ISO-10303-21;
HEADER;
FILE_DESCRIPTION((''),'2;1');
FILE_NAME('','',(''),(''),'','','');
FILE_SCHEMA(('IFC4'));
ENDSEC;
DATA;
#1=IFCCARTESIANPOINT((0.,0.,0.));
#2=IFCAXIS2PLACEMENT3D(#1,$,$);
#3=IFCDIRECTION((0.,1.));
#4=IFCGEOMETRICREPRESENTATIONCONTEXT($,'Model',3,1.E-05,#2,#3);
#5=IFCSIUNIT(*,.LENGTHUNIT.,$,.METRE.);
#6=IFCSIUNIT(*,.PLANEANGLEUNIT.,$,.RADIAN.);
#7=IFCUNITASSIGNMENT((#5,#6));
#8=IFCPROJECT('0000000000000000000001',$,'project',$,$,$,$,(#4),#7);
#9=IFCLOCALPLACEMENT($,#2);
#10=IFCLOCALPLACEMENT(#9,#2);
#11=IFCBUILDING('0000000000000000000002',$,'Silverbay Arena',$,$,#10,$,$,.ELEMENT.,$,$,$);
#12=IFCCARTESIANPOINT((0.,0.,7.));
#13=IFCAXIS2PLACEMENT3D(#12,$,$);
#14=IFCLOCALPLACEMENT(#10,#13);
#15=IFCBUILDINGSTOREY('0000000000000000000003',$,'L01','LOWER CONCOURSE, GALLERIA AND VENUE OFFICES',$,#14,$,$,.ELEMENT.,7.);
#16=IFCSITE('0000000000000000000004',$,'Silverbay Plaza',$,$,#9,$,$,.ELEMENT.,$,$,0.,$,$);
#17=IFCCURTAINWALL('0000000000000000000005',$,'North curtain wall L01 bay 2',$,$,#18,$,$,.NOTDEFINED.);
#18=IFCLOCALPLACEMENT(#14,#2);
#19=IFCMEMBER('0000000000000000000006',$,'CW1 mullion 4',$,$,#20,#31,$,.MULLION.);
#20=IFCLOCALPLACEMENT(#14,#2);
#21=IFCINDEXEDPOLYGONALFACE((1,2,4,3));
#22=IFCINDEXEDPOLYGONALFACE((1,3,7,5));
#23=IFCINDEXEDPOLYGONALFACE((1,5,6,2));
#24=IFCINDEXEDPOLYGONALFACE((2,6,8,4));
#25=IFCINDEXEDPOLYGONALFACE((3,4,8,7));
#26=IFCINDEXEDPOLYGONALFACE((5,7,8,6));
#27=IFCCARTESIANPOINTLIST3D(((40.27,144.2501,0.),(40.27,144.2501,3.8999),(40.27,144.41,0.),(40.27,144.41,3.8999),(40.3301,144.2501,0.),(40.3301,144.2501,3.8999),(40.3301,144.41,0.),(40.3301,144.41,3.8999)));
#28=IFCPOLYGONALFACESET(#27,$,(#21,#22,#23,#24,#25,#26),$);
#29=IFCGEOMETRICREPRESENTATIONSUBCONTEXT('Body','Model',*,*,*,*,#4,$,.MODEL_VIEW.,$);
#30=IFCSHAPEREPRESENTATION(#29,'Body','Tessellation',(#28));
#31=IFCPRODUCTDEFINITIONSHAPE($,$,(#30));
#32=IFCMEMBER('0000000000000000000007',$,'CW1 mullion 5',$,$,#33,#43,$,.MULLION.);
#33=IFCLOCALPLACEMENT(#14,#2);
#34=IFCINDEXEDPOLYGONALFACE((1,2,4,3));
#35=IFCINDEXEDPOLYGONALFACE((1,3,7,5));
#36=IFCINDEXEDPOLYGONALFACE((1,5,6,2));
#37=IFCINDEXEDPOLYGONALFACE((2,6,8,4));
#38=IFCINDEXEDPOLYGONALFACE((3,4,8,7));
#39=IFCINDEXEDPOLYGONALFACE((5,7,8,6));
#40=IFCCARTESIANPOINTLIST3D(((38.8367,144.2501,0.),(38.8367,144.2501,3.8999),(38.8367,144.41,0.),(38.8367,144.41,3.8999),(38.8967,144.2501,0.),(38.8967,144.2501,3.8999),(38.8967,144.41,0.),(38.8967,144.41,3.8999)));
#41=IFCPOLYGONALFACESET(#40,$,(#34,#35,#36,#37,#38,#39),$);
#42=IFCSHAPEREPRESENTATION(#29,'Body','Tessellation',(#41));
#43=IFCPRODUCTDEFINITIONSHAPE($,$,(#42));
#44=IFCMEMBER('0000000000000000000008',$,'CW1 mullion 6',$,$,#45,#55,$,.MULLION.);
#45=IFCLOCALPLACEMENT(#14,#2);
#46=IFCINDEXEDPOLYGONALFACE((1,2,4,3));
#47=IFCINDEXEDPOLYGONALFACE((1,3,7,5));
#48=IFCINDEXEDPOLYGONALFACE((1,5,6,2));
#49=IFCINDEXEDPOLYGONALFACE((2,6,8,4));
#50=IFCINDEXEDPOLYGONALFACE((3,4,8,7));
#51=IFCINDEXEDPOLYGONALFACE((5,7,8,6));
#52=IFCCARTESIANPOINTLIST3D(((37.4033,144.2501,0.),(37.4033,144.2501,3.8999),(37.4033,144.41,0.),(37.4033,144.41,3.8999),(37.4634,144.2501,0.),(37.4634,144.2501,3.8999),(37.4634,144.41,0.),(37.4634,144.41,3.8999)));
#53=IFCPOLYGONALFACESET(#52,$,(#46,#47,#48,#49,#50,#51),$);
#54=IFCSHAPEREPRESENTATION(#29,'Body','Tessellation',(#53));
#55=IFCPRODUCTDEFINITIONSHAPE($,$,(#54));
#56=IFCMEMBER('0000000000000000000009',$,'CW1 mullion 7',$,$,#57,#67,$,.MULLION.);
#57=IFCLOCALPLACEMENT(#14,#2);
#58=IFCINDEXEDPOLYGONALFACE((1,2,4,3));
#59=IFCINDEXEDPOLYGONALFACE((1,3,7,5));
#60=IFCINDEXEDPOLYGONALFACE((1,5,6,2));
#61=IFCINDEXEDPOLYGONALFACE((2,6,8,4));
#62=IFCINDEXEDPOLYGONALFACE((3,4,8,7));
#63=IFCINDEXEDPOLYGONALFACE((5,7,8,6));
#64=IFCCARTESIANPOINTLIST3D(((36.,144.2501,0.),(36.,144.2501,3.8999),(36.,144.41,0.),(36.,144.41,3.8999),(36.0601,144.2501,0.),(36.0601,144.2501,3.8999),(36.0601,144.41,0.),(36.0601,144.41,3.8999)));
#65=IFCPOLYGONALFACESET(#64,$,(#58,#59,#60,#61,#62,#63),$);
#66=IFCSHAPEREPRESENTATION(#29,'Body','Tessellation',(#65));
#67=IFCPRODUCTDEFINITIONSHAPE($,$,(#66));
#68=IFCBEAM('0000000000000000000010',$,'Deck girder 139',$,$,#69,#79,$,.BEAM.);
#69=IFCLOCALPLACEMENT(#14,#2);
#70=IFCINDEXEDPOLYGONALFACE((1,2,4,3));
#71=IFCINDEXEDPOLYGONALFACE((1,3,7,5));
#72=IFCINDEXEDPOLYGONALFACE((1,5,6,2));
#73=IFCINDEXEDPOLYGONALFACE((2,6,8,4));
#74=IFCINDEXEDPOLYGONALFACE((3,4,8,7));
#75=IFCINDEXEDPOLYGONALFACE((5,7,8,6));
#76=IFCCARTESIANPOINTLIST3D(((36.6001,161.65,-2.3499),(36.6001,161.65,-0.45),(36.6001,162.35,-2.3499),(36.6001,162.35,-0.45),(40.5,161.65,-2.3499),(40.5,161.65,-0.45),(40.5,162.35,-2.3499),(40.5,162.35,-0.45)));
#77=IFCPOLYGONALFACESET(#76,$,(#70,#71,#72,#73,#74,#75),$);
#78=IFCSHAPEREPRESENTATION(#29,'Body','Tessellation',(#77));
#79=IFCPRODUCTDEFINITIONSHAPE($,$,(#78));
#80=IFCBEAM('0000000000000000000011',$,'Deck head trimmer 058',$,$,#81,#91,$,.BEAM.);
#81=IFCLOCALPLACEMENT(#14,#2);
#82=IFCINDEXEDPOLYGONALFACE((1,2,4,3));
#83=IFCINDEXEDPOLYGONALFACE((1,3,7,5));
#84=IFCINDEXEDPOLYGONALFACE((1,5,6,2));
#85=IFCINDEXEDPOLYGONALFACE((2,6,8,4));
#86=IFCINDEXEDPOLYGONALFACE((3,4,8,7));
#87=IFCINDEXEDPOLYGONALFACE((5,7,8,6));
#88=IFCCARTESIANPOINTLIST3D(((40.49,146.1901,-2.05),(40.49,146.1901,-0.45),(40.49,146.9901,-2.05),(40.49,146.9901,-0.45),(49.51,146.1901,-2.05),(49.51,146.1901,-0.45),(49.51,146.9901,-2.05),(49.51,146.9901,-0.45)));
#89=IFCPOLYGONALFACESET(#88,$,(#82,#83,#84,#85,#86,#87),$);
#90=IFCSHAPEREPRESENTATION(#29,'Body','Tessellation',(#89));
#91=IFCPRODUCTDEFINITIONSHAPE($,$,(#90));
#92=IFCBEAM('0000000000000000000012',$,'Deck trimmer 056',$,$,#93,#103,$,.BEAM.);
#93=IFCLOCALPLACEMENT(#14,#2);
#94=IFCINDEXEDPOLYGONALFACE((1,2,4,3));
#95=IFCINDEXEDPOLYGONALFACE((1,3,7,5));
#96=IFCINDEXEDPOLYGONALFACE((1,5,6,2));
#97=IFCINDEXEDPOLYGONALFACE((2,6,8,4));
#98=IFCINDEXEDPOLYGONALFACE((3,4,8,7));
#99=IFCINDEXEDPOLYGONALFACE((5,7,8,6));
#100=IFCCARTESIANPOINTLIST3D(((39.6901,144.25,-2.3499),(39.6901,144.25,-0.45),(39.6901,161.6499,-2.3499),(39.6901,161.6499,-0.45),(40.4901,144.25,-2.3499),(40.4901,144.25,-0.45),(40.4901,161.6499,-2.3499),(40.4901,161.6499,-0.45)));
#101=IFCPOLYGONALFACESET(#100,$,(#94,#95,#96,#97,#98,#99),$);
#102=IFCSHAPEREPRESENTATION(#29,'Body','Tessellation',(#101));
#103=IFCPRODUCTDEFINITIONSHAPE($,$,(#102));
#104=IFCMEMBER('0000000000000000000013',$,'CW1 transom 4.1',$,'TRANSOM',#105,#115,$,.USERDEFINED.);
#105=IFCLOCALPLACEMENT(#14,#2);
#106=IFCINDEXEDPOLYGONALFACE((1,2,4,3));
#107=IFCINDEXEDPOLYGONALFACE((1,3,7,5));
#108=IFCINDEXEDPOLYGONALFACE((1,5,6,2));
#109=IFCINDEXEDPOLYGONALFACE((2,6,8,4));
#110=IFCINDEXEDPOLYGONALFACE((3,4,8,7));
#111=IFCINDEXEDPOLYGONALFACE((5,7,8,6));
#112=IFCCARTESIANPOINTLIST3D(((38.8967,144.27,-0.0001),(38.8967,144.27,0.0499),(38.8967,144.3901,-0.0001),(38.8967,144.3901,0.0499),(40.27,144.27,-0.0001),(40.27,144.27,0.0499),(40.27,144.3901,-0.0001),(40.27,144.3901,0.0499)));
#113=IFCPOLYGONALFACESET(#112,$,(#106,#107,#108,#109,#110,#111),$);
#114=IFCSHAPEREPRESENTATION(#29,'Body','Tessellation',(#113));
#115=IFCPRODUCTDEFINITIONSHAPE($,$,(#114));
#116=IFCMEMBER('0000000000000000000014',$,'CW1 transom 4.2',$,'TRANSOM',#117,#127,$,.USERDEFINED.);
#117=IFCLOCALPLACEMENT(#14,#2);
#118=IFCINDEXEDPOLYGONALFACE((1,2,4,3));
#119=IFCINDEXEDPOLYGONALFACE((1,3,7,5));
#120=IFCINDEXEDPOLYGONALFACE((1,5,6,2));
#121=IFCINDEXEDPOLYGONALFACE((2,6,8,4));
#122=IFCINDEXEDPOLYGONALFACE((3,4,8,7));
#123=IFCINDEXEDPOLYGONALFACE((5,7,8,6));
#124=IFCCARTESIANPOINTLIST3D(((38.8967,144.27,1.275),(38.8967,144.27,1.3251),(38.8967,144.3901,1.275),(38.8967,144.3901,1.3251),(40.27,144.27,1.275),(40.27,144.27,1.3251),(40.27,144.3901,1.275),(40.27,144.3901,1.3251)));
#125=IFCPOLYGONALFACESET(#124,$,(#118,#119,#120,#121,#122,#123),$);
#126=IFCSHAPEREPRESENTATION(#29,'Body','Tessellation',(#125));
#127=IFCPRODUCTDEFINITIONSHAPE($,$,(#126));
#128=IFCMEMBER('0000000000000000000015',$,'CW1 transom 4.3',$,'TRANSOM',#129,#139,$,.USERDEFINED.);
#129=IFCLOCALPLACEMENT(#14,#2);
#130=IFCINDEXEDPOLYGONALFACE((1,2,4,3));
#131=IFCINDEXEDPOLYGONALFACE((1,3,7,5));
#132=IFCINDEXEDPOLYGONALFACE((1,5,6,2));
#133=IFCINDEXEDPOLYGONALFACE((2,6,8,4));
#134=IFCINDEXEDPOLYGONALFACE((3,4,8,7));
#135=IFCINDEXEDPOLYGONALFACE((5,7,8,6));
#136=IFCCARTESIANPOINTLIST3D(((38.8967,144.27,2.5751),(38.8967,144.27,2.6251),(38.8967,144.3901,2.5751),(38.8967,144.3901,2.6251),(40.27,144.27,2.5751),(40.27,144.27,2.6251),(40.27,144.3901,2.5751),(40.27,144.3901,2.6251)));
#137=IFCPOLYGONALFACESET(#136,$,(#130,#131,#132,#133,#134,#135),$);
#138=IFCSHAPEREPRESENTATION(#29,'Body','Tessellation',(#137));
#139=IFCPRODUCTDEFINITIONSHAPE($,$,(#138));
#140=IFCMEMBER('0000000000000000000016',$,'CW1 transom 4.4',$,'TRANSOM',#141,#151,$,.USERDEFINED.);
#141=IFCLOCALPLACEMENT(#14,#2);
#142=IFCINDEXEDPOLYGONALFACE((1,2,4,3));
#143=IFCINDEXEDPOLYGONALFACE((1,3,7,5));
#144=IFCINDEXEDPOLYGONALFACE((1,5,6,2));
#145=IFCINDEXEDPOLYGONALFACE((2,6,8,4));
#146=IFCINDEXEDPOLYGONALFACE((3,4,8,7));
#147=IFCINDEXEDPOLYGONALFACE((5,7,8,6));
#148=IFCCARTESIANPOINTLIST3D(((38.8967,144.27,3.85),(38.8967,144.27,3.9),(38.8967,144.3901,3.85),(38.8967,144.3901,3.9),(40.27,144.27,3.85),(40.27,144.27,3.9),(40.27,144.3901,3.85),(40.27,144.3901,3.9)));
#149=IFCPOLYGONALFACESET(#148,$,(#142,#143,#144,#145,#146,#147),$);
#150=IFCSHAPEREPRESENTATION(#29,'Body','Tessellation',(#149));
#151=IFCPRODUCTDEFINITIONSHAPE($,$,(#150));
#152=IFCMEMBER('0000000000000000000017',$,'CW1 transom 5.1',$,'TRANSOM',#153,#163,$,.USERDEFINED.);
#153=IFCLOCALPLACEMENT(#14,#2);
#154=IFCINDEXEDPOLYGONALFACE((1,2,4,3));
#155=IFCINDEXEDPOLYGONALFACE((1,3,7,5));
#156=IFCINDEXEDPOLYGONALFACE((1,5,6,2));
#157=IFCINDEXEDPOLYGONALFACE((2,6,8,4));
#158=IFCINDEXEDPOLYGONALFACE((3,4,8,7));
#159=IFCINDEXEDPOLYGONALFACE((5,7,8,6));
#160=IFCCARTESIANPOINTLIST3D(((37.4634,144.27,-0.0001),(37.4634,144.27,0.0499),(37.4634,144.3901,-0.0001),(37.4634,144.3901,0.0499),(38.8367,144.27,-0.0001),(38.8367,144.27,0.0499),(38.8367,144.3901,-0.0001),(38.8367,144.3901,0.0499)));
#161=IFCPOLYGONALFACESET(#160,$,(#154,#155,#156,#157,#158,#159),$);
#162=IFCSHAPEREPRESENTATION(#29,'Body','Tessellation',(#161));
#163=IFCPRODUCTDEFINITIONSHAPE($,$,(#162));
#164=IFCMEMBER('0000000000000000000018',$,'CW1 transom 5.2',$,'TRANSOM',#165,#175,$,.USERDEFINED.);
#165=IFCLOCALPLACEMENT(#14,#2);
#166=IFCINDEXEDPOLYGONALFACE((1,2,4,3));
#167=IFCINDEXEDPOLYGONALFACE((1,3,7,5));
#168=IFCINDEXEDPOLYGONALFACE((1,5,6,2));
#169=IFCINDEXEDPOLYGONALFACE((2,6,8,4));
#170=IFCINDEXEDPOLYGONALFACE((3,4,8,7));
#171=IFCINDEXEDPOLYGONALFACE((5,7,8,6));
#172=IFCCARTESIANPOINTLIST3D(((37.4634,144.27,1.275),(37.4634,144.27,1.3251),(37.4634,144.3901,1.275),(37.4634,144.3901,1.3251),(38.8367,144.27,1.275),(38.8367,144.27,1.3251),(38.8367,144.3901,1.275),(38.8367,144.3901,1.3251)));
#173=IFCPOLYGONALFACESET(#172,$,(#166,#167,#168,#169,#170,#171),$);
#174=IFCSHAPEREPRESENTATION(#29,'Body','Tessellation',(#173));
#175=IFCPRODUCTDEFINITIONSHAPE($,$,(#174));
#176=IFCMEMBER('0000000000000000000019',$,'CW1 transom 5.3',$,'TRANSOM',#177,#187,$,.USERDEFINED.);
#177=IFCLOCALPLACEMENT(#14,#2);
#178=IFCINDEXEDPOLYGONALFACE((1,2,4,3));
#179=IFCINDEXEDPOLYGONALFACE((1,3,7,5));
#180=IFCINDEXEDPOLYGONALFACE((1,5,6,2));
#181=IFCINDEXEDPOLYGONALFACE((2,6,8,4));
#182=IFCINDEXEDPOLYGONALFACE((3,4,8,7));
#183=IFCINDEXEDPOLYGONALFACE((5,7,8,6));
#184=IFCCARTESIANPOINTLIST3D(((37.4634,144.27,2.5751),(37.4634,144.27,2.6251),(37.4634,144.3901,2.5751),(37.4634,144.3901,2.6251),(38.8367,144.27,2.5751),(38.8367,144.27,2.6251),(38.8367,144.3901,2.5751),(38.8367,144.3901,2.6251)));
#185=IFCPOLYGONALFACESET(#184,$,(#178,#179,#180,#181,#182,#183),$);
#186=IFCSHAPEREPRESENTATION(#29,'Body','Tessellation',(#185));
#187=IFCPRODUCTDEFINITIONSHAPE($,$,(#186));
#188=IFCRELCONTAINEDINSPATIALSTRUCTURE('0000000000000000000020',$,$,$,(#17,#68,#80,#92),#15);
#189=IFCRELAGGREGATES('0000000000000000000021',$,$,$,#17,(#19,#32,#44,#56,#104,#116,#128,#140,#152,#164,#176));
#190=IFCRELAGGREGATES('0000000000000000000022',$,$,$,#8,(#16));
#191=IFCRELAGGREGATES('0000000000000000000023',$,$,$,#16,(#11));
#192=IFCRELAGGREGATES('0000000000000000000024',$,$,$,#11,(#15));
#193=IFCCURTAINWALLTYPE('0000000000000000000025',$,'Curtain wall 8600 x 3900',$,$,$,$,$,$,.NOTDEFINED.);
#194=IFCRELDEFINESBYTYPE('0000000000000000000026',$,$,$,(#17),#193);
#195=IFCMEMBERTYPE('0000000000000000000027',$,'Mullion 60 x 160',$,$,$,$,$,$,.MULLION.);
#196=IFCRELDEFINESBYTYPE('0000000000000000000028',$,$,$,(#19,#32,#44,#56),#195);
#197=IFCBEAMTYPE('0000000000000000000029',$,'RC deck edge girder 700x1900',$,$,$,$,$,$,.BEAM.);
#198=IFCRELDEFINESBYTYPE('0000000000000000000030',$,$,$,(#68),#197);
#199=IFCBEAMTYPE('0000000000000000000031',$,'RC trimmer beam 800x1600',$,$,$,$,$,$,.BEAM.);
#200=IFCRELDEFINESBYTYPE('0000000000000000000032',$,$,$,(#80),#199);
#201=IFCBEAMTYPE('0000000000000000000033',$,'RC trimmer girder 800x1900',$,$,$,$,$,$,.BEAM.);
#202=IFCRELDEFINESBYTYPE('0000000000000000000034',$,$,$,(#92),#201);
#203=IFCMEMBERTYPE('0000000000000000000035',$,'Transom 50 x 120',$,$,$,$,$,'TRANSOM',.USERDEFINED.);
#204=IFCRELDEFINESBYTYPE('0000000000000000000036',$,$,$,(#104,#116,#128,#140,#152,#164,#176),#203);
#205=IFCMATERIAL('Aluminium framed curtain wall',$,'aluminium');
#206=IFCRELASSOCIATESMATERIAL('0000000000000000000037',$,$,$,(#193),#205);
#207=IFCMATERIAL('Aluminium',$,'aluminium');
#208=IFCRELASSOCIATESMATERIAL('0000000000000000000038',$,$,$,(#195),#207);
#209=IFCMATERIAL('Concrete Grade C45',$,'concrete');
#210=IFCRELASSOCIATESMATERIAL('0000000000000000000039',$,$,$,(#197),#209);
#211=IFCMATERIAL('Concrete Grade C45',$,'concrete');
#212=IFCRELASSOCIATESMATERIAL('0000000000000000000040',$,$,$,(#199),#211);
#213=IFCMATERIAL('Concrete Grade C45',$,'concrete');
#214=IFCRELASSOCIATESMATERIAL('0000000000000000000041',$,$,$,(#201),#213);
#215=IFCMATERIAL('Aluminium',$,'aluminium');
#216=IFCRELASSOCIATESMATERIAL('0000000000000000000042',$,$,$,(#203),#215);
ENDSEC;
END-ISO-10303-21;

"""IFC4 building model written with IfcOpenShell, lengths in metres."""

from ifc_helpers import new_model, si_unit, direction, frame, origin, origin_2d, place, context, subcontext, project, spatial, rectangle, extrude, material, material_profile, profile_set, type_object, element, aggregate, save


model = new_model("IFC4")

# Units and contexts
model_context = context("Model", 3, precision=1e-05, world=origin(), true_north=direction((0.0, 1.0)))
body_context = subcontext(model_context, "Body", "Model", "MODEL_VIEW")
ifc_project = project(units=[si_unit("LENGTHUNIT", "METRE"), si_unit("PLANEANGLEUNIT", "RADIAN")], contexts=[model_context])

# Site, building, storey
site_placement = place(None, origin())
site = spatial("IfcSite", under=ifc_project, at=site_placement, Name="Silverbay Plaza", CompositionType="ELEMENT", RefElevation=0.0)
building_placement = place(site_placement, origin())
building = spatial("IfcBuilding", under=site, at=building_placement, Name="Silverbay Arena", CompositionType="ELEMENT")
storey_placement = place(building_placement, frame((0.0, 0.0, 7.0)))
storey = spatial("IfcBuildingStorey", under=building, at=storey_placement, Name="L01", Description="LOWER CONCOURSE, GALLERIA AND VENUE OFFICES", CompositionType="ELEMENT", Elevation=7.0)

# Curtain wall, members
ifc_material_1 = material(Name="Aluminium framed curtain wall", Category="aluminium")
curtain_wall_type = type_object("IfcCurtainWallType", Name="Curtain wall 8600 x 3900", PredefinedType="NOTDEFINED", material=ifc_material_1)
curtain_wall_placement = place(storey_placement, origin())
curtain_wall = element("IfcCurtainWall", 1, at=curtain_wall_placement, inside=storey, type_object=curtain_wall_type, Name="North curtain wall L01 bay 2", PredefinedType="NOTDEFINED")
ifc_material_2 = material(Name="Aluminium", Category="aluminium")
ifc_material_profile_1 = material_profile(ifc_material_2, rectangle(XDim=0.1599, YDim=0.0601, at=origin_2d()), Name="Mullion 60 x 160")
ifc_profile_set_1 = profile_set([ifc_material_profile_1], Name="Aluminium")
member_type_1 = type_object("IfcMemberType", Name="Mullion 60 x 160", PredefinedType="MULLION", material=ifc_profile_set_1)
member_1_placement = place(storey_placement, frame((40.3, 144.3301, 0.0), z_axis=(0.0, 0.0, 1.0), x_axis=(0.0, -1.0, 0.0)))
member_1 = element("IfcMember", 2, at=member_1_placement, type_object=member_type_1, Name="CW1 mullion 4", PredefinedType="MULLION", context=body_context, shape_type="SweptSolid", body=[
    extrude(rectangle(XDim=0.1599, YDim=0.0601, at=origin_2d()), origin(), (0.0, 0.0, 1.0), 3.8999),
])
member_2_placement = place(storey_placement, frame((38.8667, 144.3301, 0.0), z_axis=(0.0, 0.0, 1.0), x_axis=(0.0, -1.0, 0.0)))
member_2 = element("IfcMember", 3, at=member_2_placement, type_object=member_type_1, Name="CW1 mullion 5", PredefinedType="MULLION", context=body_context, shape_type="SweptSolid", body=[
    extrude(rectangle(XDim=0.1599, YDim=0.0601, at=origin_2d()), origin(), (0.0, 0.0, 1.0), 3.8999),
])
member_3_placement = place(storey_placement, frame((37.4333, 144.3301, 0.0), z_axis=(0.0, 0.0, 1.0), x_axis=(0.0, -1.0, 0.0)))
member_3 = element("IfcMember", 4, at=member_3_placement, type_object=member_type_1, Name="CW1 mullion 6", PredefinedType="MULLION", context=body_context, shape_type="SweptSolid", body=[
    extrude(rectangle(XDim=0.1599, YDim=0.0601, at=origin_2d()), origin(), (0.0, 0.0, 1.0), 3.8999),
])
member_4_placement = place(storey_placement, frame((36.03, 144.3301, 0.0), z_axis=(0.0, 0.0, 1.0), x_axis=(0.0, -1.0, 0.0)))
member_4 = element("IfcMember", 5, at=member_4_placement, type_object=member_type_1, Name="CW1 mullion 7", PredefinedType="MULLION", context=body_context, shape_type="SweptSolid", body=[
    extrude(rectangle(XDim=0.1599, YDim=0.0601, at=origin_2d()), origin(), (0.0, 0.0, 1.0), 3.8999),
])

# Beams
ifc_material_3 = material(Name="Concrete Grade C45", Category="concrete")
ifc_material_profile_2 = material_profile(ifc_material_3, rectangle(XDim=0.7, YDim=1.8999, at=origin_2d()), Name="RC 700x1900")
ifc_profile_set_2 = profile_set([ifc_material_profile_2], Name="Concrete Grade C45")
beam_type_1 = type_object("IfcBeamType", Name="RC deck edge girder 700x1900", PredefinedType="BEAM", material=ifc_profile_set_2)
beam_1_placement = place(storey_placement, frame((36.6001, 162.0, -1.3999), z_axis=(1.0, 0.0, 0.0), x_axis=(0.0, 1.0, 0.0)))
element("IfcBeam", 6, at=beam_1_placement, inside=storey, type_object=beam_type_1, Name="Deck girder 139", PredefinedType="BEAM", context=body_context, shape_type="SweptSolid", body=[
    extrude(rectangle(XDim=0.7, YDim=1.8999, at=origin_2d()), origin(), (0.0, 0.0, 1.0), 3.8999),
])
ifc_material_4 = material(Name="Concrete Grade C45", Category="concrete")
ifc_material_profile_3 = material_profile(ifc_material_4, rectangle(XDim=0.8, YDim=1.6001, at=origin_2d()), Name="RC 800x1600")
ifc_profile_set_3 = profile_set([ifc_material_profile_3], Name="Concrete Grade C45")
beam_type_2 = type_object("IfcBeamType", Name="RC trimmer beam 800x1600", PredefinedType="BEAM", material=ifc_profile_set_3)
beam_2_placement = place(storey_placement, frame((40.49, 146.5901, -1.25), z_axis=(1.0, 0.0, 0.0), x_axis=(0.0, 1.0, 0.0)))
element("IfcBeam", 7, at=beam_2_placement, inside=storey, type_object=beam_type_2, Name="Deck head trimmer 058", PredefinedType="BEAM", context=body_context, shape_type="SweptSolid", body=[
    extrude(rectangle(XDim=0.8, YDim=1.6001, at=origin_2d()), origin(), (0.0, 0.0, 1.0), 9.02),
])
ifc_material_5 = material(Name="Concrete Grade C45", Category="concrete")
ifc_material_profile_4 = material_profile(ifc_material_5, rectangle(XDim=0.8, YDim=1.8999, at=origin_2d()), Name="RC 800x1900")
ifc_profile_set_4 = profile_set([ifc_material_profile_4], Name="Concrete Grade C45")
beam_type_3 = type_object("IfcBeamType", Name="RC trimmer girder 800x1900", PredefinedType="BEAM", material=ifc_profile_set_4)
beam_3_placement = place(storey_placement, frame((40.0901, 144.25, -1.3999), z_axis=(0.0, 1.0, 0.0), x_axis=(-1.0, 0.0, 0.0)))
element("IfcBeam", 8, at=beam_3_placement, inside=storey, type_object=beam_type_3, Name="Deck trimmer 056", PredefinedType="BEAM", context=body_context, shape_type="SweptSolid", body=[
    extrude(rectangle(XDim=0.8, YDim=1.8999, at=origin_2d()), origin(), (0.0, 0.0, 1.0), 17.3999),
])

# Members
ifc_material_6 = material(Name="Aluminium", Category="aluminium")
ifc_material_profile_5 = material_profile(ifc_material_6, rectangle(XDim=0.1201, YDim=0.05, at=origin_2d()), Name="Transom 50 x 120")
ifc_profile_set_5 = profile_set([ifc_material_profile_5], Name="Aluminium")
member_type_2 = type_object("IfcMemberType", Name="Transom 50 x 120", ElementType="TRANSOM", PredefinedType="USERDEFINED", material=ifc_profile_set_5)
member_5_placement = place(storey_placement, frame((40.27, 144.3301, 0.0249), z_axis=(-1.0, 0.0, 0.0), x_axis=(0.0, -1.0, 0.0)))
member_5 = element("IfcMember", 9, at=member_5_placement, type_object=member_type_2, Name="CW1 transom 4.1", ObjectType="TRANSOM", PredefinedType="USERDEFINED", context=body_context, shape_type="SweptSolid", body=[
    extrude(rectangle(XDim=0.1201, YDim=0.05, at=origin_2d()), origin(), (0.0, 0.0, 1.0), 1.3733),
])
member_6_placement = place(storey_placement, frame((40.27, 144.3301, 1.3), z_axis=(-1.0, 0.0, 0.0), x_axis=(0.0, -1.0, 0.0)))
member_6 = element("IfcMember", 10, at=member_6_placement, type_object=member_type_2, Name="CW1 transom 4.2", ObjectType="TRANSOM", PredefinedType="USERDEFINED", context=body_context, shape_type="SweptSolid", body=[
    extrude(rectangle(XDim=0.1201, YDim=0.05, at=origin_2d()), origin(), (0.0, 0.0, 1.0), 1.3733),
])
member_7_placement = place(storey_placement, frame((40.27, 144.3301, 2.6001), z_axis=(-1.0, 0.0, 0.0), x_axis=(0.0, -1.0, 0.0)))
member_7 = element("IfcMember", 11, at=member_7_placement, type_object=member_type_2, Name="CW1 transom 4.3", ObjectType="TRANSOM", PredefinedType="USERDEFINED", context=body_context, shape_type="SweptSolid", body=[
    extrude(rectangle(XDim=0.1201, YDim=0.05, at=origin_2d()), origin(), (0.0, 0.0, 1.0), 1.3733),
])
member_8_placement = place(storey_placement, frame((40.27, 144.3301, 3.875), z_axis=(-1.0, 0.0, 0.0), x_axis=(0.0, -1.0, 0.0)))
member_8 = element("IfcMember", 12, at=member_8_placement, type_object=member_type_2, Name="CW1 transom 4.4", ObjectType="TRANSOM", PredefinedType="USERDEFINED", context=body_context, shape_type="SweptSolid", body=[
    extrude(rectangle(XDim=0.1201, YDim=0.05, at=origin_2d()), origin(), (0.0, 0.0, 1.0), 1.3733),
])
member_9_placement = place(storey_placement, frame((38.8367, 144.3301, 0.0249), z_axis=(-1.0, 0.0, 0.0), x_axis=(0.0, -1.0, 0.0)))
member_9 = element("IfcMember", 13, at=member_9_placement, type_object=member_type_2, Name="CW1 transom 5.1", ObjectType="TRANSOM", PredefinedType="USERDEFINED", context=body_context, shape_type="SweptSolid", body=[
    extrude(rectangle(XDim=0.1201, YDim=0.05, at=origin_2d()), origin(), (0.0, 0.0, 1.0), 1.3733),
])
member_10_placement = place(storey_placement, frame((38.8367, 144.3301, 1.3), z_axis=(-1.0, 0.0, 0.0), x_axis=(0.0, -1.0, 0.0)))
member_10 = element("IfcMember", 14, at=member_10_placement, type_object=member_type_2, Name="CW1 transom 5.2", ObjectType="TRANSOM", PredefinedType="USERDEFINED", context=body_context, shape_type="SweptSolid", body=[
    extrude(rectangle(XDim=0.1201, YDim=0.05, at=origin_2d()), origin(), (0.0, 0.0, 1.0), 1.3733),
])
member_11_placement = place(storey_placement, frame((38.8367, 144.3301, 2.6001), z_axis=(-1.0, 0.0, 0.0), x_axis=(0.0, -1.0, 0.0)))
member_11 = element("IfcMember", 15, at=member_11_placement, type_object=member_type_2, Name="CW1 transom 5.3", ObjectType="TRANSOM", PredefinedType="USERDEFINED", context=body_context, shape_type="SweptSolid", body=[
    extrude(rectangle(XDim=0.1201, YDim=0.05, at=origin_2d()), origin(), (0.0, 0.0, 1.0), 1.3733),
])

aggregate(curtain_wall, [member_1, member_2, member_3, member_4, member_5, member_6, member_7, member_8, member_9, member_10, member_11])

save(model, "model.ifc")
